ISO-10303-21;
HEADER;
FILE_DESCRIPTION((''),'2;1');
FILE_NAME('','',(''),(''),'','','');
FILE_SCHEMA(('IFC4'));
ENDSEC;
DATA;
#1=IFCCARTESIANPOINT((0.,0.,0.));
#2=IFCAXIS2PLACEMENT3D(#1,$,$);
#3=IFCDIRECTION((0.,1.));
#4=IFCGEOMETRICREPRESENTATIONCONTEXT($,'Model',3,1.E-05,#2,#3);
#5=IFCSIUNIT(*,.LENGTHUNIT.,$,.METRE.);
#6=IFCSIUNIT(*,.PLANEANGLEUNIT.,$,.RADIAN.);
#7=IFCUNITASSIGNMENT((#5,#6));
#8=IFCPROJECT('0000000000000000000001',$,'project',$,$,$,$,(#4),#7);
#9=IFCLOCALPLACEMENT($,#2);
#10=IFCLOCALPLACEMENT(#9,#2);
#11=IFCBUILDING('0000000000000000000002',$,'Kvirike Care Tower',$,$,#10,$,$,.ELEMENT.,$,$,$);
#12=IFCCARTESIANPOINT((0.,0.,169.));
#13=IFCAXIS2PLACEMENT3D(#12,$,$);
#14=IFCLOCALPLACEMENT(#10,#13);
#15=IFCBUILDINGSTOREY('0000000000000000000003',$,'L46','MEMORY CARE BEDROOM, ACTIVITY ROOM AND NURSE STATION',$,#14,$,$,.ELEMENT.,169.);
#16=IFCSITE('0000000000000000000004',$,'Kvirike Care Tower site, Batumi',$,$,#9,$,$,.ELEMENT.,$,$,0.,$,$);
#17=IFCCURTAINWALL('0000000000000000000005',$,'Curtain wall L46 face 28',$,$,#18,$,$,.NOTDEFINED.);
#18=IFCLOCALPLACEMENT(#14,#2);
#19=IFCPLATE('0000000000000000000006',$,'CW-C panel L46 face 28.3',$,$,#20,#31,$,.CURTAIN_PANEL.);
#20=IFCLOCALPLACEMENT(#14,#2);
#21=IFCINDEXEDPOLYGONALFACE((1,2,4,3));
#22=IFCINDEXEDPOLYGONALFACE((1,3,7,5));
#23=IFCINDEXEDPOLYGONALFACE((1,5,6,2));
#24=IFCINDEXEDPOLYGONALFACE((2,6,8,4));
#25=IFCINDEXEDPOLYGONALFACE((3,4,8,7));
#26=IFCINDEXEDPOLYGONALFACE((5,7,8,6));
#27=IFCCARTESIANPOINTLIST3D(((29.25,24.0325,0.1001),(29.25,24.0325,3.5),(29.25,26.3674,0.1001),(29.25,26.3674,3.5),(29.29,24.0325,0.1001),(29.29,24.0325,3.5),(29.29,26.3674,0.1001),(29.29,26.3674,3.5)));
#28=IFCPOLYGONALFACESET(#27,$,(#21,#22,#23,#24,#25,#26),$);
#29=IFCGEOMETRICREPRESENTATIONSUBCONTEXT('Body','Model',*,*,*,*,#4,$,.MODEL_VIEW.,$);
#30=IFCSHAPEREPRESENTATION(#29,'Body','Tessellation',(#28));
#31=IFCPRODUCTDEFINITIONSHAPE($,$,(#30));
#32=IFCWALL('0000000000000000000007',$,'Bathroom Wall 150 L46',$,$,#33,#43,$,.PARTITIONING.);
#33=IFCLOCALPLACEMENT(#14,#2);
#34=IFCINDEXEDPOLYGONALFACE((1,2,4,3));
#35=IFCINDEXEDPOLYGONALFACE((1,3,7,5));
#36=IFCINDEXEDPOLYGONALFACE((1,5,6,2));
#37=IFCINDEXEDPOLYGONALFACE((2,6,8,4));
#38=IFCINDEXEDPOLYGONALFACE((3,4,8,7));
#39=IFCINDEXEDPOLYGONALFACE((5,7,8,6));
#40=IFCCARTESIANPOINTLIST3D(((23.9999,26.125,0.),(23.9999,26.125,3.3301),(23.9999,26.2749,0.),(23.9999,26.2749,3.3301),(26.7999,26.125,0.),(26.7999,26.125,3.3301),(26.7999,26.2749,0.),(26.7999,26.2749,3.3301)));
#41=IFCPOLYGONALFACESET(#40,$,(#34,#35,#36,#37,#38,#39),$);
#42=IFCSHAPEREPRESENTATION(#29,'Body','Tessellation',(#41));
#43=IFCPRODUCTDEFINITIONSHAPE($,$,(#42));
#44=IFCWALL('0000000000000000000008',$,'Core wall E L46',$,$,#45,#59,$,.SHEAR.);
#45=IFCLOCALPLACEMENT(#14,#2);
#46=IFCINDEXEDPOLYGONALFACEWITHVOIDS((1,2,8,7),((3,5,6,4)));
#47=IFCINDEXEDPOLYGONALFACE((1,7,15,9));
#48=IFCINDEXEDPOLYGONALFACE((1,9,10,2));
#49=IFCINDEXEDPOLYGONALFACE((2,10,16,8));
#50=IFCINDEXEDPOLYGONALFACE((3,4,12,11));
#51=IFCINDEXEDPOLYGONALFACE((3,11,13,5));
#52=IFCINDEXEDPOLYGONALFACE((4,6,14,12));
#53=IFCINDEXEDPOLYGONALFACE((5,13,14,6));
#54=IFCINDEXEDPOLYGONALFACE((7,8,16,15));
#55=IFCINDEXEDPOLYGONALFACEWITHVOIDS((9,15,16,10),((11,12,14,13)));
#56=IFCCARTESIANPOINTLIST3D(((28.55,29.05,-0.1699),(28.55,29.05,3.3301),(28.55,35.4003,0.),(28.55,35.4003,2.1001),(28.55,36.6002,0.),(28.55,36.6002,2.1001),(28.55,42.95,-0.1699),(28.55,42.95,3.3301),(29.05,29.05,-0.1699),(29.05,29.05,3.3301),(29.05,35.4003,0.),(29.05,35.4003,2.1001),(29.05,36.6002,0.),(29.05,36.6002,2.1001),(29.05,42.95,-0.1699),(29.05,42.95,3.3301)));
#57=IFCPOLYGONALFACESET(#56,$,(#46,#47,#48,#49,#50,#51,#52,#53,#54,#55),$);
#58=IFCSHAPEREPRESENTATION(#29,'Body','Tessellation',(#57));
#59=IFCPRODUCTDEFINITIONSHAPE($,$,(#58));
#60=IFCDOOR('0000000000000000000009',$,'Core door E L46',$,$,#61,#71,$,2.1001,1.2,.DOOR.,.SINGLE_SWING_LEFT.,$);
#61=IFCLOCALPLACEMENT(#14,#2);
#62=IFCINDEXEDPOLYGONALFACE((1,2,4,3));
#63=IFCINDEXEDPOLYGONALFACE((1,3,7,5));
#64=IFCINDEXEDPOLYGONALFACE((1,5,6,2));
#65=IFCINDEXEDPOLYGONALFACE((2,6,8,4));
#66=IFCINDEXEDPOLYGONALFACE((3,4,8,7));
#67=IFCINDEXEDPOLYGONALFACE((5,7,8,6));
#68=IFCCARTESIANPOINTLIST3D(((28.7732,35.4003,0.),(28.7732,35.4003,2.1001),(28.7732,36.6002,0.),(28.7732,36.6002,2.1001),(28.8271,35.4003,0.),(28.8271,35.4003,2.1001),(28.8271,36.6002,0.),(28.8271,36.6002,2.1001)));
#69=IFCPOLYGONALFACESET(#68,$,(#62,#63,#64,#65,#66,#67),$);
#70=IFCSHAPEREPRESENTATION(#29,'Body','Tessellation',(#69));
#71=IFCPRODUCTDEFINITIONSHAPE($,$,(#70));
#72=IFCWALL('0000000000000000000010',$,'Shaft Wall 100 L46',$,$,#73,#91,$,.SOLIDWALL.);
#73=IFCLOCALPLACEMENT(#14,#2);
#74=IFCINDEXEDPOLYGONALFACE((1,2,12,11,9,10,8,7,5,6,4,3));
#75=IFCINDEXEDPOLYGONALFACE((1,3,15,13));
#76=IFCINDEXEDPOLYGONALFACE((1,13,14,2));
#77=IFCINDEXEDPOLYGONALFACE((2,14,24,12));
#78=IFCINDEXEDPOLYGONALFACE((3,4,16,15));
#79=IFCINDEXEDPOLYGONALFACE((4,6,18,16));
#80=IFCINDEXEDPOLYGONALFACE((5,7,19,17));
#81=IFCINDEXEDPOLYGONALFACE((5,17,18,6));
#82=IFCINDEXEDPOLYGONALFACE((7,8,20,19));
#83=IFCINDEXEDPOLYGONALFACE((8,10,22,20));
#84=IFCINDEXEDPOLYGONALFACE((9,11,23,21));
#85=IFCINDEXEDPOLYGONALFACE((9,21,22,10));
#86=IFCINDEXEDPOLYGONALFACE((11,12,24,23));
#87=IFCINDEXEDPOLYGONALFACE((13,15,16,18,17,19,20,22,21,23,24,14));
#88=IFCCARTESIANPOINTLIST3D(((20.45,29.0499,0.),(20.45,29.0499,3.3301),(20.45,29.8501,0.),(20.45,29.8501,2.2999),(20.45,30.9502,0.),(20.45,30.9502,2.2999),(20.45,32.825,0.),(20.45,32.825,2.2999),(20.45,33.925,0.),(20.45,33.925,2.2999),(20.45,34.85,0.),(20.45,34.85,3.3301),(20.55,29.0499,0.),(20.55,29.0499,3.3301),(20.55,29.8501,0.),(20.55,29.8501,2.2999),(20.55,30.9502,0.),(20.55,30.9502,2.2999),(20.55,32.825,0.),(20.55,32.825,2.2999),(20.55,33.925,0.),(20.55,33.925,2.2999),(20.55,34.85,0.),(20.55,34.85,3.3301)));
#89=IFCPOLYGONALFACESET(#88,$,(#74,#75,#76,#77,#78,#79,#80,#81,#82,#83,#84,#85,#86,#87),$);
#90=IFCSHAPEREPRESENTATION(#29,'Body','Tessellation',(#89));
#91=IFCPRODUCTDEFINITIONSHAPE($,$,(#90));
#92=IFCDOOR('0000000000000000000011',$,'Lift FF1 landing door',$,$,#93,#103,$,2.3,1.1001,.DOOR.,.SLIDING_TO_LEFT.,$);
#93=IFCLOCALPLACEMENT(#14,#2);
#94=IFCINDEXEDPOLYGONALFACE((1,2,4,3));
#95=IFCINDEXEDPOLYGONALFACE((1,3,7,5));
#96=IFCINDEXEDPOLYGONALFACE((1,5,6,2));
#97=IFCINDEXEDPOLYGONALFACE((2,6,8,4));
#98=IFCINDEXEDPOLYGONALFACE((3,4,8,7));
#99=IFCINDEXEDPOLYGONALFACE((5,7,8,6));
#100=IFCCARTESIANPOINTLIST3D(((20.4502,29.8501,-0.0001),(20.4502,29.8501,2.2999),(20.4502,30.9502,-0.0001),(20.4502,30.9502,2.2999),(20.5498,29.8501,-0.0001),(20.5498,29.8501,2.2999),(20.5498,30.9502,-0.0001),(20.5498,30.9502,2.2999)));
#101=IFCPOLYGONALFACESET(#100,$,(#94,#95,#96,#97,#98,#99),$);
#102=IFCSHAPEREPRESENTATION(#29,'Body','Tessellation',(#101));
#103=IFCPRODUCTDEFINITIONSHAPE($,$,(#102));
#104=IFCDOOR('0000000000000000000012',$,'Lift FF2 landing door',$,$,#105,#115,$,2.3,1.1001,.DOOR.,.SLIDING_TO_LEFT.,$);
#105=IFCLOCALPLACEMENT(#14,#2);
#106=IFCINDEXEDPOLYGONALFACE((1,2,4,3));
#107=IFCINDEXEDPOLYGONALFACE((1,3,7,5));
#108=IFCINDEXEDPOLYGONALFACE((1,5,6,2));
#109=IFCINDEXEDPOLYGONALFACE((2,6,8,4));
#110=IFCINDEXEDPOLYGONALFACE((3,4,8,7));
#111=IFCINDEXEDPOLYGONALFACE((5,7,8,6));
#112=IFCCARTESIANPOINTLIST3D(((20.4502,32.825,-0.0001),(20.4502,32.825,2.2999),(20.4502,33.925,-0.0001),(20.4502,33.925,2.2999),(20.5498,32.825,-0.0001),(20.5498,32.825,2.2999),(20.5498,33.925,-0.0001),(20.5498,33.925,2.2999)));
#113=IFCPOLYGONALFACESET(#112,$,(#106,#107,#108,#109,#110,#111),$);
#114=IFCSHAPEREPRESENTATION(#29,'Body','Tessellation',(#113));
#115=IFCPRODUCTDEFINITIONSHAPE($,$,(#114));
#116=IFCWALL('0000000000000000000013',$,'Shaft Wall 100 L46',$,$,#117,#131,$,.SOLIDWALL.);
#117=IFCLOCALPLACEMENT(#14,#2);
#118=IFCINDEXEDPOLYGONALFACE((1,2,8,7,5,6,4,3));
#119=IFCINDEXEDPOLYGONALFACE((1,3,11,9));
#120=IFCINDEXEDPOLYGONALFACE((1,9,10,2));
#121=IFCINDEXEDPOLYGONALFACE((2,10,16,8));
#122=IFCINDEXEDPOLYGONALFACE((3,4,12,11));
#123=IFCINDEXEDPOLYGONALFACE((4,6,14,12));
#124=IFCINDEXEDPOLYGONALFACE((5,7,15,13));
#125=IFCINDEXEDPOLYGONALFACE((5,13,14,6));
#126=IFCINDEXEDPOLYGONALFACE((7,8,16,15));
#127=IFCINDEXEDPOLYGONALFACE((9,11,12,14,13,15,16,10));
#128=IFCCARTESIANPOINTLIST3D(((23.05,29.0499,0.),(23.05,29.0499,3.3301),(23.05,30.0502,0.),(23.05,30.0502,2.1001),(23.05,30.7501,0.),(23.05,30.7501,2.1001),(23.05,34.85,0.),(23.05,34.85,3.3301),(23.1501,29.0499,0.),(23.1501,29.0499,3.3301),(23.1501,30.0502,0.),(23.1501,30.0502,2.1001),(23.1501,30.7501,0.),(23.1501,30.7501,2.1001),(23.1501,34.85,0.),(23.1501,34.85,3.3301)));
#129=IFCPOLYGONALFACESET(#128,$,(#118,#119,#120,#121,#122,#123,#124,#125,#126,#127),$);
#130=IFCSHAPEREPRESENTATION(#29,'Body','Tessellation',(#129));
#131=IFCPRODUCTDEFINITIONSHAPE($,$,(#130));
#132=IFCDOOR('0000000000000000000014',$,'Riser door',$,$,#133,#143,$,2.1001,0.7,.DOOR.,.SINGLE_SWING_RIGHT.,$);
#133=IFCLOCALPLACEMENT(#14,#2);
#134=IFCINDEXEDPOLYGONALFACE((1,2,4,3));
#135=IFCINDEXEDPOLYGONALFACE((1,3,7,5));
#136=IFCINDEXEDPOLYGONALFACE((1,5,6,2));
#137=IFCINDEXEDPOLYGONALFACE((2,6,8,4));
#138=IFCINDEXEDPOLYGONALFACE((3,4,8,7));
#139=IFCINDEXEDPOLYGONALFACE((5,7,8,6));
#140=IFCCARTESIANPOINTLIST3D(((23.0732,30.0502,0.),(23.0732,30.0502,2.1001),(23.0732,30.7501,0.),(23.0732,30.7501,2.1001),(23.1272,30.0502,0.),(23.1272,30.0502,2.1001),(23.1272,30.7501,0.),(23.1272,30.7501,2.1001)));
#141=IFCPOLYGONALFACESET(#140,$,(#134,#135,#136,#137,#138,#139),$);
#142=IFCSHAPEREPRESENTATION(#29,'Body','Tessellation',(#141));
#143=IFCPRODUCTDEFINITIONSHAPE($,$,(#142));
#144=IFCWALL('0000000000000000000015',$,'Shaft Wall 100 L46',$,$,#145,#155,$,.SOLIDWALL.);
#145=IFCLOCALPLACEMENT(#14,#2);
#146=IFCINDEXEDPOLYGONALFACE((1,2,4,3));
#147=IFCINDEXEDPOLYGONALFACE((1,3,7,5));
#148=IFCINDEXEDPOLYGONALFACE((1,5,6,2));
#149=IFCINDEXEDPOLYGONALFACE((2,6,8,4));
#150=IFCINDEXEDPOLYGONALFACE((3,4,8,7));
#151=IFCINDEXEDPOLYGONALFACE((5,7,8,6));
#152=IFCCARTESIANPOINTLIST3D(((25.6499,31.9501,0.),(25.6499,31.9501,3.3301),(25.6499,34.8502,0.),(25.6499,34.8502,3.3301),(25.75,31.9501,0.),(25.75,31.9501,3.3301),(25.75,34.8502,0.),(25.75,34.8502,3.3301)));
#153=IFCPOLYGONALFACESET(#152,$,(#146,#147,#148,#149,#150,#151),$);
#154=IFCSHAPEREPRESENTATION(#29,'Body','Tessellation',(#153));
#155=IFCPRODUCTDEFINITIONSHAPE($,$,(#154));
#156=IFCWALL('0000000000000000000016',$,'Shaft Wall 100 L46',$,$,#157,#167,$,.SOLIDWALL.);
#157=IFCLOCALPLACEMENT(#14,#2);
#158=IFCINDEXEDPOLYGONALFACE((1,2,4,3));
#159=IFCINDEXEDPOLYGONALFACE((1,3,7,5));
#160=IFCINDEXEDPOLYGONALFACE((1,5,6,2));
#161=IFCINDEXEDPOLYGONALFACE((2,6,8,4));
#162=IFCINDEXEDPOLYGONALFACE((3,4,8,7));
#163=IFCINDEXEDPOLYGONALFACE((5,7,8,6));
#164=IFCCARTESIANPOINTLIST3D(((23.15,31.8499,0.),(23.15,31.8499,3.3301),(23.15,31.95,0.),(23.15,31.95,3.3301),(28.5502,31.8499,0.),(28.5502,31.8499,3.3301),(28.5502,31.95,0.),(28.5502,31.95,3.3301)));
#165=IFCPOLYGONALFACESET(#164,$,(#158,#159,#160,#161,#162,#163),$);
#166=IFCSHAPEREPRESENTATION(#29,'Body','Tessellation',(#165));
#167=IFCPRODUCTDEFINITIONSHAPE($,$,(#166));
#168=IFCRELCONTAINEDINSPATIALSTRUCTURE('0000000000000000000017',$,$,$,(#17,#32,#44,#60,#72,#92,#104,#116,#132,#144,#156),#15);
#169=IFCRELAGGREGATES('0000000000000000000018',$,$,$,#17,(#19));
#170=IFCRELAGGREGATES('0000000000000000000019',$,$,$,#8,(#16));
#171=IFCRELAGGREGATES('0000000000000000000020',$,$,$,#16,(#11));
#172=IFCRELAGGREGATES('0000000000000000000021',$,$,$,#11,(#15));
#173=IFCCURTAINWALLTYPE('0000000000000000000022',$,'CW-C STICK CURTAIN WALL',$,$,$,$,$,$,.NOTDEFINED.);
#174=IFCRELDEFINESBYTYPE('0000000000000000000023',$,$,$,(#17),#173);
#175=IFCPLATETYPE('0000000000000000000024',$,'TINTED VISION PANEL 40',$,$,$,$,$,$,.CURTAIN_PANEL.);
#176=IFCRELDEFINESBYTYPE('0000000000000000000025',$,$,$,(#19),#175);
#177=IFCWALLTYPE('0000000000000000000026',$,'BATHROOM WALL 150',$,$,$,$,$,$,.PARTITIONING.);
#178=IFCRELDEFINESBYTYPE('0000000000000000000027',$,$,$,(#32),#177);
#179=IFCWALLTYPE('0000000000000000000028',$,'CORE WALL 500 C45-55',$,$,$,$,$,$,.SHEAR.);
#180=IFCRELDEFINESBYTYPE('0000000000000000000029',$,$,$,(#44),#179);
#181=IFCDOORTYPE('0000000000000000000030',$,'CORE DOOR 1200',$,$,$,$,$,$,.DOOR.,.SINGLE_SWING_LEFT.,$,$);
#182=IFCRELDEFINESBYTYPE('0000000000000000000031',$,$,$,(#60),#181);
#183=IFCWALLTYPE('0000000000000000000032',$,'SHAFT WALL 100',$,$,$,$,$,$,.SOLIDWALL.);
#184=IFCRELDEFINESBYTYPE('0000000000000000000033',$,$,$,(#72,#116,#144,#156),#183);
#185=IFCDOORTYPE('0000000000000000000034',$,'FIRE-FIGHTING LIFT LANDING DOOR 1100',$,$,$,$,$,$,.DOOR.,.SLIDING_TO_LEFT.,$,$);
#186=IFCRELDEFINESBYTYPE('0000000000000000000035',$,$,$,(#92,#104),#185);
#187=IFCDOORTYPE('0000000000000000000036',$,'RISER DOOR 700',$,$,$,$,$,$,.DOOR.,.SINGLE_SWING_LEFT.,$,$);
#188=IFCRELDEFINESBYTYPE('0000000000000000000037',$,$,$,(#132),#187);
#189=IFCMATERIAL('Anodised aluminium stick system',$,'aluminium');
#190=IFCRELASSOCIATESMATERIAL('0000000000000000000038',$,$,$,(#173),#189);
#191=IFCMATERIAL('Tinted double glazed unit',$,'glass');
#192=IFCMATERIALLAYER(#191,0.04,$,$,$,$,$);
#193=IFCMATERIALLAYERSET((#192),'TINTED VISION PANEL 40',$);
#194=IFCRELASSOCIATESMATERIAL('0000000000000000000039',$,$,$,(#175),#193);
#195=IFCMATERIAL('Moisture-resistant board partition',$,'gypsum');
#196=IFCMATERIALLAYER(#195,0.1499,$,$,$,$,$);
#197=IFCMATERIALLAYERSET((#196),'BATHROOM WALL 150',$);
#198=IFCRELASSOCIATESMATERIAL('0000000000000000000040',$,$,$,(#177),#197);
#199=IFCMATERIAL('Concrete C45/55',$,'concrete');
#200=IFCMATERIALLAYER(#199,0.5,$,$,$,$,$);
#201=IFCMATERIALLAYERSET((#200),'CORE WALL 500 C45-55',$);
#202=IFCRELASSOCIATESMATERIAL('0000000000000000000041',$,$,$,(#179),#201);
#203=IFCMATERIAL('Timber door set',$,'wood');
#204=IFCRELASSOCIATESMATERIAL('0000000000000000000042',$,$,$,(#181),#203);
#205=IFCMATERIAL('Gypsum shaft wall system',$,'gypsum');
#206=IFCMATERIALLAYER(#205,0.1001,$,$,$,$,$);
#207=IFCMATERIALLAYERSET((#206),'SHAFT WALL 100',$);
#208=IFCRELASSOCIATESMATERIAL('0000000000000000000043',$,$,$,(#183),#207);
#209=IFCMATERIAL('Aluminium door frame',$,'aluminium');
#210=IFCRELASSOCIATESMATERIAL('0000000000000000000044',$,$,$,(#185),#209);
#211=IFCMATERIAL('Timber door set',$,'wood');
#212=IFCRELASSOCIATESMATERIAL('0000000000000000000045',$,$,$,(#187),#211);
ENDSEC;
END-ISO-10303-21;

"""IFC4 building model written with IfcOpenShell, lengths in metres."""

from ifc_helpers import new_model, si_unit, direction, frame, frame_2d, origin, origin_2d, place, context, subcontext, project, spatial, rectangle, extrude, material, layer, layer_set, type_object, element, fill, aggregate, save


model = new_model("IFC4")

# Units and contexts
model_context = context("Model", 3, precision=1e-05, world=origin(), true_north=direction((0.0, 1.0)))
body_context = subcontext(model_context, "Body", "Model", "MODEL_VIEW")
ifc_project = project(units=[si_unit("LENGTHUNIT", "METRE"), si_unit("PLANEANGLEUNIT", "RADIAN")], contexts=[model_context])

# Site, building, storey
site_placement = place(None, origin())
site = spatial("IfcSite", under=ifc_project, at=site_placement, Name="Kvirike Care Tower site, Batumi", CompositionType="ELEMENT", RefElevation=0.0)
building_placement = place(site_placement, origin())
building = spatial("IfcBuilding", under=site, at=building_placement, Name="Kvirike Care Tower", CompositionType="ELEMENT")
storey_placement = place(building_placement, frame((0.0, 0.0, 169.0)))
storey = spatial("IfcBuildingStorey", under=building, at=storey_placement, Name="L46", Description="MEMORY CARE BEDROOM, ACTIVITY ROOM AND NURSE STATION", CompositionType="ELEMENT", Elevation=169.0)

# Curtain wall
ifc_material_1 = material(Name="Anodised aluminium stick system", Category="aluminium")
curtain_wall_type = type_object("IfcCurtainWallType", Name="CW-C STICK CURTAIN WALL", PredefinedType="NOTDEFINED", material=ifc_material_1)
curtain_wall_placement = place(storey_placement, origin())
curtain_wall = element("IfcCurtainWall", 1, at=curtain_wall_placement, inside=storey, type_object=curtain_wall_type, Name="Curtain wall L46 face 28", PredefinedType="NOTDEFINED")

# Plate
ifc_material_2 = material(Name="Tinted double glazed unit", Category="glass")
ifc_layer_1 = layer(ifc_material_2, 0.04)
ifc_layer_set_1 = layer_set([ifc_layer_1], Name="TINTED VISION PANEL 40")
plate_type = type_object("IfcPlateType", Name="TINTED VISION PANEL 40", PredefinedType="CURTAIN_PANEL", material=ifc_layer_set_1)
plate_placement = place(storey_placement, frame((29.27, 25.2, 0.1001), z_axis=(0.0, 0.0, 1.0), x_axis=(0.0, 1.0, 0.0)))
plate = element("IfcPlate", 2, at=plate_placement, type_object=plate_type, Name="CW-C panel L46 face 28.3", PredefinedType="CURTAIN_PANEL", context=body_context, shape_type="SweptSolid", body=[
    extrude(rectangle(XDim=2.335, YDim=0.04, at=origin_2d()), origin(), (0.0, 0.0, 1.0), 3.3999),
])
aggregate(curtain_wall, [plate])

# Wall
ifc_material_3 = material(Name="Moisture-resistant board partition", Category="gypsum")
ifc_layer_2 = layer(ifc_material_3, 0.1499)
ifc_layer_set_2 = layer_set([ifc_layer_2], Name="BATHROOM WALL 150")
wall_type_1 = type_object("IfcWallType", Name="BATHROOM WALL 150", PredefinedType="PARTITIONING", material=ifc_layer_set_2)
wall_1_placement = place(storey_placement, frame((24.0, 26.2, 0.0), z_axis=(0.0, 0.0, 1.0), x_axis=(1.0, 0.0, 0.0)))
element("IfcWall", 3, at=wall_1_placement, inside=storey, type_object=wall_type_1, Name="Bathroom Wall 150 L46", PredefinedType="PARTITIONING", context=body_context, shape_type="SweptSolid", body=[
    extrude(rectangle(XDim=2.8, YDim=0.1499, at=frame_2d((1.3999, 0.0))), origin(), (0.0, 0.0, 1.0), 3.3301),
])

# Wall, opening, door
ifc_material_4 = material(Name="Concrete C45/55", Category="concrete")
ifc_layer_3 = layer(ifc_material_4, 0.5)
ifc_layer_set_3 = layer_set([ifc_layer_3], Name="CORE WALL 500 C45-55")
wall_type_2 = type_object("IfcWallType", Name="CORE WALL 500 C45-55", PredefinedType="SHEAR", material=ifc_layer_set_3)
wall_2_placement = place(storey_placement, frame((28.8, 29.05, -0.1699), z_axis=(0.0, 0.0, 1.0), x_axis=(0.0, 1.0, 0.0)))
wall_2 = element("IfcWall", 4, at=wall_2_placement, inside=storey, type_object=wall_type_2, Name="Core wall E L46", PredefinedType="SHEAR", context=body_context, shape_type="SweptSolid", body=[
    extrude(rectangle(XDim=13.8999, YDim=0.5, at=frame_2d((6.95, 0.0))), origin(), (0.0, 0.0, 1.0), 3.5),
])
opening_1_placement = place(wall_2_placement, frame((6.3501, 0.0, 0.1699)))
opening_1 = element("IfcOpeningElement", 5, at=opening_1_placement, cuts=wall_2, PredefinedType="OPENING", context=body_context, shape_type="SweptSolid", body=[
    extrude(rectangle(XDim=1.2, YDim=2.1001, at=frame_2d((0.6001, 1.05))), frame((0.0, 0.2605, 0.0), z_axis=(0.0, -1.0, 0.0), x_axis=(1.0, 0.0, 0.0)), (0.0, 0.0, 1.0), 0.521),
])
ifc_material_5 = material(Name="Timber door set", Category="wood")
door_type_1 = type_object("IfcDoorType", Name="CORE DOOR 1200", OperationType="SINGLE_SWING_LEFT", PredefinedType="DOOR", material=ifc_material_5)
door_1_placement = place(opening_1_placement, origin())
door_1 = element("IfcDoor", 6, at=door_1_placement, inside=storey, type_object=door_type_1, Name="Core door E L46", OperationType="SINGLE_SWING_LEFT", OverallHeight=2.1001, OverallWidth=1.2, PredefinedType="DOOR", context=body_context, shape_type="SweptSolid", body=[
    extrude(rectangle(XDim=1.2, YDim=2.1001, at=frame_2d((0.6001, 1.05))), frame((0.0, 0.0269, 0.0), z_axis=(0.0, -1.0, 0.0), x_axis=(1.0, 0.0, 0.0)), (0.0, 0.0, 1.0), 0.054),
])
fill(opening_1, door_1)

# Wall, openings, doors
ifc_material_6 = material(Name="Gypsum shaft wall system", Category="gypsum")
ifc_layer_4 = layer(ifc_material_6, 0.1001)
ifc_layer_set_4 = layer_set([ifc_layer_4], Name="SHAFT WALL 100")
wall_type_3 = type_object("IfcWallType", Name="SHAFT WALL 100", PredefinedType="SOLIDWALL", material=ifc_layer_set_4)
wall_3_placement = place(storey_placement, frame((20.5, 29.05, 0.0), z_axis=(0.0, 0.0, 1.0), x_axis=(0.0, 1.0, 0.0)))
wall_3 = element("IfcWall", 7, at=wall_3_placement, inside=storey, type_object=wall_type_3, Name="Shaft Wall 100 L46", PredefinedType="SOLIDWALL", context=body_context, shape_type="SweptSolid", body=[
    extrude(rectangle(XDim=5.8, YDim=0.1001, at=frame_2d((2.8999, 0.0))), origin(), (0.0, 0.0, 1.0), 3.3301),
])
opening_2_placement = place(wall_3_placement, frame((0.8, 0.0, 0.0)))
opening_2 = element("IfcOpeningElement", 8, at=opening_2_placement, cuts=wall_3, PredefinedType="OPENING", context=body_context, shape_type="SweptSolid", body=[
    extrude(rectangle(XDim=1.1001, YDim=2.3, at=frame_2d((0.55, 1.1499))), frame((0.0, 0.0605, 0.0), z_axis=(0.0, -1.0, 0.0), x_axis=(1.0, 0.0, 0.0)), (0.0, 0.0, 1.0), 0.1211),
])
opening_3_placement = place(wall_3_placement, frame((3.7749, 0.0, 0.0)))
opening_3 = element("IfcOpeningElement", 9, at=opening_3_placement, cuts=wall_3, PredefinedType="OPENING", context=body_context, shape_type="SweptSolid", body=[
    extrude(rectangle(XDim=1.1001, YDim=2.3, at=frame_2d((0.55, 1.1499))), frame((0.0, 0.0605, 0.0), z_axis=(0.0, -1.0, 0.0), x_axis=(1.0, 0.0, 0.0)), (0.0, 0.0, 1.0), 0.1211),
])
ifc_material_7 = material(Name="Aluminium door frame", Category="aluminium")
door_type_2 = type_object("IfcDoorType", Name="FIRE-FIGHTING LIFT LANDING DOOR 1100", OperationType="SLIDING_TO_LEFT", PredefinedType="DOOR", material=ifc_material_7)
door_2_placement = place(opening_2_placement, origin())
door_2 = element("IfcDoor", 10, at=door_2_placement, inside=storey, type_object=door_type_2, Name="Lift FF1 landing door", OperationType="SLIDING_TO_LEFT", OverallHeight=2.3, OverallWidth=1.1001, PredefinedType="DOOR", context=body_context, shape_type="SweptSolid", body=[
    extrude(rectangle(XDim=1.1001, YDim=2.3, at=frame_2d((0.55, 1.1499))), frame((0.0, 0.0498, 0.0), z_axis=(0.0, -1.0, 0.0), x_axis=(1.0, 0.0, 0.0)), (0.0, 0.0, 1.0), 0.0996),
])
fill(opening_2, door_2)
door_3_placement = place(opening_3_placement, origin())
door_3 = element("IfcDoor", 11, at=door_3_placement, inside=storey, type_object=door_type_2, Name="Lift FF2 landing door", OperationType="SLIDING_TO_LEFT", OverallHeight=2.3, OverallWidth=1.1001, PredefinedType="DOOR", context=body_context, shape_type="SweptSolid", body=[
    extrude(rectangle(XDim=1.1001, YDim=2.3, at=frame_2d((0.55, 1.1499))), frame((0.0, 0.0498, 0.0), z_axis=(0.0, -1.0, 0.0), x_axis=(1.0, 0.0, 0.0)), (0.0, 0.0, 1.0), 0.0996),
])
fill(opening_3, door_3)

# Wall, opening, door
wall_4_placement = place(storey_placement, frame((23.1001, 29.05, 0.0), z_axis=(0.0, 0.0, 1.0), x_axis=(0.0, 1.0, 0.0)))
wall_4 = element("IfcWall", 12, at=wall_4_placement, inside=storey, type_object=wall_type_3, Name="Shaft Wall 100 L46", PredefinedType="SOLIDWALL", context=body_context, shape_type="SweptSolid", body=[
    extrude(rectangle(XDim=5.8, YDim=0.1001, at=frame_2d((2.8999, 0.0))), origin(), (0.0, 0.0, 1.0), 3.3301),
])
opening_4_placement = place(wall_4_placement, frame((1.0, 0.0, 0.0)))
opening_4 = element("IfcOpeningElement", 13, at=opening_4_placement, cuts=wall_4, PredefinedType="OPENING", context=body_context, shape_type="SweptSolid", body=[
    extrude(rectangle(XDim=0.7, YDim=2.1001, at=frame_2d((0.3501, 1.05))), frame((0.0, 0.0605, 0.0), z_axis=(0.0, -1.0, 0.0), x_axis=(1.0, 0.0, 0.0)), (0.0, 0.0, 1.0), 0.1211),
])
ifc_material_8 = material(Name="Timber door set", Category="wood")
door_type_3 = type_object("IfcDoorType", Name="RISER DOOR 700", OperationType="SINGLE_SWING_LEFT", PredefinedType="DOOR", material=ifc_material_8)
door_4_placement = place(opening_4_placement, origin())
door_4 = element("IfcDoor", 14, at=door_4_placement, inside=storey, type_object=door_type_3, Name="Riser door", OperationType="SINGLE_SWING_RIGHT", OverallHeight=2.1001, OverallWidth=0.7, PredefinedType="DOOR", context=body_context, shape_type="SweptSolid", body=[
    extrude(rectangle(XDim=0.7, YDim=2.1001, at=frame_2d((0.3501, 1.05))), frame((0.0, 0.0269, 0.0), z_axis=(0.0, -1.0, 0.0), x_axis=(1.0, 0.0, 0.0)), (0.0, 0.0, 1.0), 0.054),
])
fill(opening_4, door_4)

# Walls
wall_5_placement = place(storey_placement, frame((25.7, 31.95, 0.0), z_axis=(0.0, 0.0, 1.0), x_axis=(0.0, 1.0, 0.0)))
element("IfcWall", 15, at=wall_5_placement, inside=storey, type_object=wall_type_3, Name="Shaft Wall 100 L46", PredefinedType="SOLIDWALL", context=body_context, shape_type="SweptSolid", body=[
    extrude(rectangle(XDim=2.9001, YDim=0.1001, at=frame_2d((1.4502, 0.0))), origin(), (0.0, 0.0, 1.0), 3.3301),
])
wall_6_placement = place(storey_placement, frame((23.1499, 31.8999, 0.0), z_axis=(0.0, 0.0, 1.0), x_axis=(1.0, 0.0, 0.0)))
element("IfcWall", 16, at=wall_6_placement, inside=storey, type_object=wall_type_3, Name="Shaft Wall 100 L46", PredefinedType="SOLIDWALL", context=body_context, shape_type="SweptSolid", body=[
    extrude(rectangle(XDim=5.4001, YDim=0.1001, at=frame_2d((2.7002, 0.0))), origin(), (0.0, 0.0, 1.0), 3.3301),
])

save(model, "model.ifc")
